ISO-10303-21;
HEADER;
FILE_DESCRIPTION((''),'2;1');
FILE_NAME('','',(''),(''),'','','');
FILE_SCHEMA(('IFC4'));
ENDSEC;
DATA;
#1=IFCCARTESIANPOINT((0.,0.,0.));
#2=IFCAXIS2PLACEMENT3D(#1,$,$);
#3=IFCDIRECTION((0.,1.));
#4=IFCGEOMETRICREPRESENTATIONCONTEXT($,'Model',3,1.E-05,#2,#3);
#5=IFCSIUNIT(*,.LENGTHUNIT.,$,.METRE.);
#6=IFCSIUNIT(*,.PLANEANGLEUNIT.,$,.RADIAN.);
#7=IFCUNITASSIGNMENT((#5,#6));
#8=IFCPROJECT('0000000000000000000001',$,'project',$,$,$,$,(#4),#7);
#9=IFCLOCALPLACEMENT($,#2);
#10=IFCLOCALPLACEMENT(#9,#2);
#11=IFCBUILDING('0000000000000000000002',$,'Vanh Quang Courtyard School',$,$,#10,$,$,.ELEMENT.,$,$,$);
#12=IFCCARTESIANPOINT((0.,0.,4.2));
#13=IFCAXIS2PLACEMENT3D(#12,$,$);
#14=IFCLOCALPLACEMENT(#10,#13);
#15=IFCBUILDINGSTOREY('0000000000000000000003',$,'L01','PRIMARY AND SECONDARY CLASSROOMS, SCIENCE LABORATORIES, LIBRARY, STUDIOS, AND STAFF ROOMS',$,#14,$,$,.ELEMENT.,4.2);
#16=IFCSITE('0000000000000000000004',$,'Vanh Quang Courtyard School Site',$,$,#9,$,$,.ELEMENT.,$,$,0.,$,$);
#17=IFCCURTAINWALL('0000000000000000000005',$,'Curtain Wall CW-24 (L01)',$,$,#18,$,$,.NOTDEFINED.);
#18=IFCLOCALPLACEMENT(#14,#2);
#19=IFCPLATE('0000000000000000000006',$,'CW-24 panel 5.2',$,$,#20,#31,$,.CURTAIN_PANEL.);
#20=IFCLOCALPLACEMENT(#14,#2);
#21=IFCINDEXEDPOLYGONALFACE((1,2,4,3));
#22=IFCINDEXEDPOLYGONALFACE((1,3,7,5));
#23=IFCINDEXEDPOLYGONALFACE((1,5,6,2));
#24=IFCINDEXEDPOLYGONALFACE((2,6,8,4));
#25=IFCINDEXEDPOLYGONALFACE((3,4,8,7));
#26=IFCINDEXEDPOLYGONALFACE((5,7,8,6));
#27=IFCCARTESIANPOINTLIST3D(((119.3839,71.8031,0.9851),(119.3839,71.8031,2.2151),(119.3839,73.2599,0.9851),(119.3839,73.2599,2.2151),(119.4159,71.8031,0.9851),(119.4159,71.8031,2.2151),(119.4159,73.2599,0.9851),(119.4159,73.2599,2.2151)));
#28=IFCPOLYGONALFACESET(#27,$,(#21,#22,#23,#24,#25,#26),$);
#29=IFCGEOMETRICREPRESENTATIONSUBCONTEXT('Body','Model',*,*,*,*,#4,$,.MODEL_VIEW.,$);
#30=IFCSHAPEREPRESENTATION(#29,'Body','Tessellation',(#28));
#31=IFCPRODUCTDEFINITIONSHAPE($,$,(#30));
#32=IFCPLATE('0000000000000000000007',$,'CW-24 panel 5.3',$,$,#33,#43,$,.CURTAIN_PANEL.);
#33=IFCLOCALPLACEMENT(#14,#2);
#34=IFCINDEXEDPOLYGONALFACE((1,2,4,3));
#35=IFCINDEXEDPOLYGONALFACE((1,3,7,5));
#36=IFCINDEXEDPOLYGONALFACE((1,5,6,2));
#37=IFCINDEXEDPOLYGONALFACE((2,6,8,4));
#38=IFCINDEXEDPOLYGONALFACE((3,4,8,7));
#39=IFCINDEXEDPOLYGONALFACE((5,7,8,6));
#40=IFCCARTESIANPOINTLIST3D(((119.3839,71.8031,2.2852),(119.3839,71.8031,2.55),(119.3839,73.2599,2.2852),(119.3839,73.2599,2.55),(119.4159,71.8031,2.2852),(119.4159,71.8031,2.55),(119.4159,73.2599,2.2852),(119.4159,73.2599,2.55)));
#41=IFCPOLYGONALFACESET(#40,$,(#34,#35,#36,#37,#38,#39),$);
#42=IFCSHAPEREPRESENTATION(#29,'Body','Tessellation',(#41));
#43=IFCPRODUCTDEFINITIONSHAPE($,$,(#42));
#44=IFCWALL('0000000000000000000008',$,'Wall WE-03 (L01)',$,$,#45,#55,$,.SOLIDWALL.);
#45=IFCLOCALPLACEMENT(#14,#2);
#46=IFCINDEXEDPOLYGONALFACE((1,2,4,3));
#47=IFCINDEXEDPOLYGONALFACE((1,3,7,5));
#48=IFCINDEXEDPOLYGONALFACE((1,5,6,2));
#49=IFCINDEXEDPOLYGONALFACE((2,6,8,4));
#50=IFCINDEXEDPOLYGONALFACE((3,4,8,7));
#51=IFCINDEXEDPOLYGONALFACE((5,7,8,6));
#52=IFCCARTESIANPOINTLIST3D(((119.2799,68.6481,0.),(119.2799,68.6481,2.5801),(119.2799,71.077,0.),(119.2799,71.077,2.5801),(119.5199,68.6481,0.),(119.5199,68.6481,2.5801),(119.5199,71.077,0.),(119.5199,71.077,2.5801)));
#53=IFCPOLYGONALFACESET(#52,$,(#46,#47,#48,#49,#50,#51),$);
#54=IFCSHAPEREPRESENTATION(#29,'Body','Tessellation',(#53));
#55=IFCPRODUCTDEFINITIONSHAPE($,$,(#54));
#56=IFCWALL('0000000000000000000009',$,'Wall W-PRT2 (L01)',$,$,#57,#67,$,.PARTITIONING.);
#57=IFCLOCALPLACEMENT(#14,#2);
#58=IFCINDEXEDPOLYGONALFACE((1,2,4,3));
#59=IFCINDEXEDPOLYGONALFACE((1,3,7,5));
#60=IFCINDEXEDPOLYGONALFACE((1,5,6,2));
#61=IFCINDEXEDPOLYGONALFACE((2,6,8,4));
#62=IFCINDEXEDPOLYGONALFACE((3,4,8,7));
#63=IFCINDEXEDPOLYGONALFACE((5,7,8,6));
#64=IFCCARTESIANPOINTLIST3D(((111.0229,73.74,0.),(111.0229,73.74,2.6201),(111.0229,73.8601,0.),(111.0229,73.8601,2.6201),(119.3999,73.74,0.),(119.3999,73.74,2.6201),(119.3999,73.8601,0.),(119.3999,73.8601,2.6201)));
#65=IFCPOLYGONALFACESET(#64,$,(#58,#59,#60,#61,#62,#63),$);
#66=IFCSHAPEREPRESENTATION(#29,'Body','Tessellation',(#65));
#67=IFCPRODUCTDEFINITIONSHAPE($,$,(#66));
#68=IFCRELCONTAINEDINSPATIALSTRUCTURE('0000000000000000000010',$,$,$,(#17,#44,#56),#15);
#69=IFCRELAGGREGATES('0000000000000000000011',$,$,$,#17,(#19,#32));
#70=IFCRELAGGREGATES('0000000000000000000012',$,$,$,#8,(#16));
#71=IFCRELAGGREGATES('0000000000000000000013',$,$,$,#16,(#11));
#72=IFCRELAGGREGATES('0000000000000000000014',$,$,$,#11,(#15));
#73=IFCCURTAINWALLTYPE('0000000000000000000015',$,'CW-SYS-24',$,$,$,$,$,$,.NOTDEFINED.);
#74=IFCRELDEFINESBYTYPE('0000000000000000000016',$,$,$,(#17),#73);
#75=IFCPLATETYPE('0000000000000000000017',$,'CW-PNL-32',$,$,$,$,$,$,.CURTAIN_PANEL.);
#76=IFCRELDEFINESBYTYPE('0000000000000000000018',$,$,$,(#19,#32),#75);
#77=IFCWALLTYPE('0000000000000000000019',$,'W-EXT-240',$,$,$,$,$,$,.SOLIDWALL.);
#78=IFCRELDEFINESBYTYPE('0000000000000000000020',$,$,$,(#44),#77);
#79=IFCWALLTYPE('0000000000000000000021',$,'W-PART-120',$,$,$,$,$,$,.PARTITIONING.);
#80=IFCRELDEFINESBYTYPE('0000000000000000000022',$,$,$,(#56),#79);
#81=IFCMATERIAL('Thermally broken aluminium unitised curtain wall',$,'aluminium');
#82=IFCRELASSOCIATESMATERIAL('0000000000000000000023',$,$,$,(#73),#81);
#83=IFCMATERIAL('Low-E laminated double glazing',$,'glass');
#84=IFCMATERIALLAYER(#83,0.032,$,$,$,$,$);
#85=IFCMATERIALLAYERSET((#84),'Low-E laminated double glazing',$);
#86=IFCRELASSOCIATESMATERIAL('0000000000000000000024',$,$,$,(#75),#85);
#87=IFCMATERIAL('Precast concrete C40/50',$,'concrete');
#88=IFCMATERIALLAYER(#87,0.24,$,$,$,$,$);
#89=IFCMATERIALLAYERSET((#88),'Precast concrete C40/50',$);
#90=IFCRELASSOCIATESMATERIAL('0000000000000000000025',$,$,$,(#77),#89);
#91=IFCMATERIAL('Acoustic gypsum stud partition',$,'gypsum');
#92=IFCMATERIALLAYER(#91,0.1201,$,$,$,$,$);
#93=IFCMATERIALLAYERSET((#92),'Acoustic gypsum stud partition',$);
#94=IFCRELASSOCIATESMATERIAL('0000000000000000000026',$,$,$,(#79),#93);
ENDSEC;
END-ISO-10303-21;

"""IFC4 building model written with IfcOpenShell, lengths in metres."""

from ifc_helpers import new_model, si_unit, direction, frame, frame_2d, origin, origin_2d, place, context, subcontext, project, spatial, rectangle, extrude, material, layer, layer_set, type_object, element, aggregate, save


model = new_model("IFC4")

# Units and contexts
model_context = context("Model", 3, precision=1e-05, world=origin(), true_north=direction((0.0, 1.0)))
body_context = subcontext(model_context, "Body", "Model", "MODEL_VIEW")
ifc_project = project(units=[si_unit("LENGTHUNIT", "METRE"), si_unit("PLANEANGLEUNIT", "RADIAN")], contexts=[model_context])

# Site, building, storey
site_placement = place(None, origin())
site = spatial("IfcSite", under=ifc_project, at=site_placement, Name="Vanh Quang Courtyard School Site", CompositionType="ELEMENT", RefElevation=0.0)
building_placement = place(site_placement, origin())
building = spatial("IfcBuilding", under=site, at=building_placement, Name="Vanh Quang Courtyard School", CompositionType="ELEMENT")
storey_placement = place(building_placement, frame((0.0, 0.0, 4.2)))
storey = spatial("IfcBuildingStorey", under=building, at=storey_placement, Name="L01", Description="PRIMARY AND SECONDARY CLASSROOMS, SCIENCE LABORATORIES, LIBRARY, STUDIOS, AND STAFF ROOMS", CompositionType="ELEMENT", Elevation=4.2)

# Curtain wall
ifc_material_1 = material(Name="Thermally broken aluminium unitised curtain wall", Category="aluminium")
curtain_wall_type = type_object("IfcCurtainWallType", Name="CW-SYS-24", PredefinedType="NOTDEFINED", material=ifc_material_1)
curtain_wall_placement = place(storey_placement, origin())
curtain_wall = element("IfcCurtainWall", 1, at=curtain_wall_placement, inside=storey, type_object=curtain_wall_type, Name="Curtain Wall CW-24 (L01)", PredefinedType="NOTDEFINED")

# Plates
ifc_material_2 = material(Name="Low-E laminated double glazing", Category="glass")
ifc_layer_1 = layer(ifc_material_2, 0.032)
ifc_layer_set_1 = layer_set([ifc_layer_1], Name="Low-E laminated double glazing")
plate_type = type_object("IfcPlateType", Name="CW-PNL-32", PredefinedType="CURTAIN_PANEL", material=ifc_layer_set_1)
plate_1_placement = place(storey_placement, frame((119.3999, 72.5315, 0.9851), z_axis=(0.0, 0.0, 1.0), x_axis=(0.0, -1.0, 0.0)))
plate_1 = element("IfcPlate", 2, at=plate_1_placement, type_object=plate_type, Name="CW-24 panel 5.2", PredefinedType="CURTAIN_PANEL", context=body_context, shape_type="SweptSolid", body=[
    extrude(rectangle(XDim=1.4568, YDim=0.032, at=origin_2d()), origin(), (0.0, 0.0, 1.0), 1.23),
])
plate_2_placement = place(storey_placement, frame((119.3999, 72.5315, 2.2852), z_axis=(0.0, 0.0, 1.0), x_axis=(0.0, -1.0, 0.0)))
plate_2 = element("IfcPlate", 3, at=plate_2_placement, type_object=plate_type, Name="CW-24 panel 5.3", PredefinedType="CURTAIN_PANEL", context=body_context, shape_type="SweptSolid", body=[
    extrude(rectangle(XDim=1.4568, YDim=0.032, at=origin_2d()), origin(), (0.0, 0.0, 1.0), 0.2649),
])
aggregate(curtain_wall, [plate_1, plate_2])

# Walls
ifc_material_3 = material(Name="Precast concrete C40/50", Category="concrete")
ifc_layer_2 = layer(ifc_material_3, 0.24)
ifc_layer_set_2 = layer_set([ifc_layer_2], Name="Precast concrete C40/50")
wall_type_1 = type_object("IfcWallType", Name="W-EXT-240", PredefinedType="SOLIDWALL", material=ifc_layer_set_2)
wall_1_placement = place(storey_placement, frame((119.3999, 71.0769, 0.0), z_axis=(0.0, 0.0, 1.0), x_axis=(0.0, -1.0, 0.0)))
element("IfcWall", 4, at=wall_1_placement, inside=storey, type_object=wall_type_1, Name="Wall WE-03 (L01)", PredefinedType="SOLIDWALL", context=body_context, shape_type="SweptSolid", body=[
    extrude(rectangle(XDim=2.429, YDim=0.24, at=frame_2d((1.2144, 0.0))), origin(), (0.0, 0.0, 1.0), 2.5801),
])
ifc_material_4 = material(Name="Acoustic gypsum stud partition", Category="gypsum")
ifc_layer_3 = layer(ifc_material_4, 0.1201)
ifc_layer_set_3 = layer_set([ifc_layer_3], Name="Acoustic gypsum stud partition")
wall_type_2 = type_object("IfcWallType", Name="W-PART-120", PredefinedType="PARTITIONING", material=ifc_layer_set_3)
wall_2_placement = place(storey_placement, frame((119.3999, 73.8, 0.0), z_axis=(0.0, 0.0, 1.0), x_axis=(-1.0, 0.0, 0.0)))
element("IfcWall", 5, at=wall_2_placement, inside=storey, type_object=wall_type_2, Name="Wall W-PRT2 (L01)", PredefinedType="PARTITIONING", context=body_context, shape_type="SweptSolid", body=[
    extrude(rectangle(XDim=8.377, YDim=0.1201, at=frame_2d((4.1885, 0.0))), origin(), (0.0, 0.0, 1.0), 2.6201),
])

save(model, "model.ifc")
